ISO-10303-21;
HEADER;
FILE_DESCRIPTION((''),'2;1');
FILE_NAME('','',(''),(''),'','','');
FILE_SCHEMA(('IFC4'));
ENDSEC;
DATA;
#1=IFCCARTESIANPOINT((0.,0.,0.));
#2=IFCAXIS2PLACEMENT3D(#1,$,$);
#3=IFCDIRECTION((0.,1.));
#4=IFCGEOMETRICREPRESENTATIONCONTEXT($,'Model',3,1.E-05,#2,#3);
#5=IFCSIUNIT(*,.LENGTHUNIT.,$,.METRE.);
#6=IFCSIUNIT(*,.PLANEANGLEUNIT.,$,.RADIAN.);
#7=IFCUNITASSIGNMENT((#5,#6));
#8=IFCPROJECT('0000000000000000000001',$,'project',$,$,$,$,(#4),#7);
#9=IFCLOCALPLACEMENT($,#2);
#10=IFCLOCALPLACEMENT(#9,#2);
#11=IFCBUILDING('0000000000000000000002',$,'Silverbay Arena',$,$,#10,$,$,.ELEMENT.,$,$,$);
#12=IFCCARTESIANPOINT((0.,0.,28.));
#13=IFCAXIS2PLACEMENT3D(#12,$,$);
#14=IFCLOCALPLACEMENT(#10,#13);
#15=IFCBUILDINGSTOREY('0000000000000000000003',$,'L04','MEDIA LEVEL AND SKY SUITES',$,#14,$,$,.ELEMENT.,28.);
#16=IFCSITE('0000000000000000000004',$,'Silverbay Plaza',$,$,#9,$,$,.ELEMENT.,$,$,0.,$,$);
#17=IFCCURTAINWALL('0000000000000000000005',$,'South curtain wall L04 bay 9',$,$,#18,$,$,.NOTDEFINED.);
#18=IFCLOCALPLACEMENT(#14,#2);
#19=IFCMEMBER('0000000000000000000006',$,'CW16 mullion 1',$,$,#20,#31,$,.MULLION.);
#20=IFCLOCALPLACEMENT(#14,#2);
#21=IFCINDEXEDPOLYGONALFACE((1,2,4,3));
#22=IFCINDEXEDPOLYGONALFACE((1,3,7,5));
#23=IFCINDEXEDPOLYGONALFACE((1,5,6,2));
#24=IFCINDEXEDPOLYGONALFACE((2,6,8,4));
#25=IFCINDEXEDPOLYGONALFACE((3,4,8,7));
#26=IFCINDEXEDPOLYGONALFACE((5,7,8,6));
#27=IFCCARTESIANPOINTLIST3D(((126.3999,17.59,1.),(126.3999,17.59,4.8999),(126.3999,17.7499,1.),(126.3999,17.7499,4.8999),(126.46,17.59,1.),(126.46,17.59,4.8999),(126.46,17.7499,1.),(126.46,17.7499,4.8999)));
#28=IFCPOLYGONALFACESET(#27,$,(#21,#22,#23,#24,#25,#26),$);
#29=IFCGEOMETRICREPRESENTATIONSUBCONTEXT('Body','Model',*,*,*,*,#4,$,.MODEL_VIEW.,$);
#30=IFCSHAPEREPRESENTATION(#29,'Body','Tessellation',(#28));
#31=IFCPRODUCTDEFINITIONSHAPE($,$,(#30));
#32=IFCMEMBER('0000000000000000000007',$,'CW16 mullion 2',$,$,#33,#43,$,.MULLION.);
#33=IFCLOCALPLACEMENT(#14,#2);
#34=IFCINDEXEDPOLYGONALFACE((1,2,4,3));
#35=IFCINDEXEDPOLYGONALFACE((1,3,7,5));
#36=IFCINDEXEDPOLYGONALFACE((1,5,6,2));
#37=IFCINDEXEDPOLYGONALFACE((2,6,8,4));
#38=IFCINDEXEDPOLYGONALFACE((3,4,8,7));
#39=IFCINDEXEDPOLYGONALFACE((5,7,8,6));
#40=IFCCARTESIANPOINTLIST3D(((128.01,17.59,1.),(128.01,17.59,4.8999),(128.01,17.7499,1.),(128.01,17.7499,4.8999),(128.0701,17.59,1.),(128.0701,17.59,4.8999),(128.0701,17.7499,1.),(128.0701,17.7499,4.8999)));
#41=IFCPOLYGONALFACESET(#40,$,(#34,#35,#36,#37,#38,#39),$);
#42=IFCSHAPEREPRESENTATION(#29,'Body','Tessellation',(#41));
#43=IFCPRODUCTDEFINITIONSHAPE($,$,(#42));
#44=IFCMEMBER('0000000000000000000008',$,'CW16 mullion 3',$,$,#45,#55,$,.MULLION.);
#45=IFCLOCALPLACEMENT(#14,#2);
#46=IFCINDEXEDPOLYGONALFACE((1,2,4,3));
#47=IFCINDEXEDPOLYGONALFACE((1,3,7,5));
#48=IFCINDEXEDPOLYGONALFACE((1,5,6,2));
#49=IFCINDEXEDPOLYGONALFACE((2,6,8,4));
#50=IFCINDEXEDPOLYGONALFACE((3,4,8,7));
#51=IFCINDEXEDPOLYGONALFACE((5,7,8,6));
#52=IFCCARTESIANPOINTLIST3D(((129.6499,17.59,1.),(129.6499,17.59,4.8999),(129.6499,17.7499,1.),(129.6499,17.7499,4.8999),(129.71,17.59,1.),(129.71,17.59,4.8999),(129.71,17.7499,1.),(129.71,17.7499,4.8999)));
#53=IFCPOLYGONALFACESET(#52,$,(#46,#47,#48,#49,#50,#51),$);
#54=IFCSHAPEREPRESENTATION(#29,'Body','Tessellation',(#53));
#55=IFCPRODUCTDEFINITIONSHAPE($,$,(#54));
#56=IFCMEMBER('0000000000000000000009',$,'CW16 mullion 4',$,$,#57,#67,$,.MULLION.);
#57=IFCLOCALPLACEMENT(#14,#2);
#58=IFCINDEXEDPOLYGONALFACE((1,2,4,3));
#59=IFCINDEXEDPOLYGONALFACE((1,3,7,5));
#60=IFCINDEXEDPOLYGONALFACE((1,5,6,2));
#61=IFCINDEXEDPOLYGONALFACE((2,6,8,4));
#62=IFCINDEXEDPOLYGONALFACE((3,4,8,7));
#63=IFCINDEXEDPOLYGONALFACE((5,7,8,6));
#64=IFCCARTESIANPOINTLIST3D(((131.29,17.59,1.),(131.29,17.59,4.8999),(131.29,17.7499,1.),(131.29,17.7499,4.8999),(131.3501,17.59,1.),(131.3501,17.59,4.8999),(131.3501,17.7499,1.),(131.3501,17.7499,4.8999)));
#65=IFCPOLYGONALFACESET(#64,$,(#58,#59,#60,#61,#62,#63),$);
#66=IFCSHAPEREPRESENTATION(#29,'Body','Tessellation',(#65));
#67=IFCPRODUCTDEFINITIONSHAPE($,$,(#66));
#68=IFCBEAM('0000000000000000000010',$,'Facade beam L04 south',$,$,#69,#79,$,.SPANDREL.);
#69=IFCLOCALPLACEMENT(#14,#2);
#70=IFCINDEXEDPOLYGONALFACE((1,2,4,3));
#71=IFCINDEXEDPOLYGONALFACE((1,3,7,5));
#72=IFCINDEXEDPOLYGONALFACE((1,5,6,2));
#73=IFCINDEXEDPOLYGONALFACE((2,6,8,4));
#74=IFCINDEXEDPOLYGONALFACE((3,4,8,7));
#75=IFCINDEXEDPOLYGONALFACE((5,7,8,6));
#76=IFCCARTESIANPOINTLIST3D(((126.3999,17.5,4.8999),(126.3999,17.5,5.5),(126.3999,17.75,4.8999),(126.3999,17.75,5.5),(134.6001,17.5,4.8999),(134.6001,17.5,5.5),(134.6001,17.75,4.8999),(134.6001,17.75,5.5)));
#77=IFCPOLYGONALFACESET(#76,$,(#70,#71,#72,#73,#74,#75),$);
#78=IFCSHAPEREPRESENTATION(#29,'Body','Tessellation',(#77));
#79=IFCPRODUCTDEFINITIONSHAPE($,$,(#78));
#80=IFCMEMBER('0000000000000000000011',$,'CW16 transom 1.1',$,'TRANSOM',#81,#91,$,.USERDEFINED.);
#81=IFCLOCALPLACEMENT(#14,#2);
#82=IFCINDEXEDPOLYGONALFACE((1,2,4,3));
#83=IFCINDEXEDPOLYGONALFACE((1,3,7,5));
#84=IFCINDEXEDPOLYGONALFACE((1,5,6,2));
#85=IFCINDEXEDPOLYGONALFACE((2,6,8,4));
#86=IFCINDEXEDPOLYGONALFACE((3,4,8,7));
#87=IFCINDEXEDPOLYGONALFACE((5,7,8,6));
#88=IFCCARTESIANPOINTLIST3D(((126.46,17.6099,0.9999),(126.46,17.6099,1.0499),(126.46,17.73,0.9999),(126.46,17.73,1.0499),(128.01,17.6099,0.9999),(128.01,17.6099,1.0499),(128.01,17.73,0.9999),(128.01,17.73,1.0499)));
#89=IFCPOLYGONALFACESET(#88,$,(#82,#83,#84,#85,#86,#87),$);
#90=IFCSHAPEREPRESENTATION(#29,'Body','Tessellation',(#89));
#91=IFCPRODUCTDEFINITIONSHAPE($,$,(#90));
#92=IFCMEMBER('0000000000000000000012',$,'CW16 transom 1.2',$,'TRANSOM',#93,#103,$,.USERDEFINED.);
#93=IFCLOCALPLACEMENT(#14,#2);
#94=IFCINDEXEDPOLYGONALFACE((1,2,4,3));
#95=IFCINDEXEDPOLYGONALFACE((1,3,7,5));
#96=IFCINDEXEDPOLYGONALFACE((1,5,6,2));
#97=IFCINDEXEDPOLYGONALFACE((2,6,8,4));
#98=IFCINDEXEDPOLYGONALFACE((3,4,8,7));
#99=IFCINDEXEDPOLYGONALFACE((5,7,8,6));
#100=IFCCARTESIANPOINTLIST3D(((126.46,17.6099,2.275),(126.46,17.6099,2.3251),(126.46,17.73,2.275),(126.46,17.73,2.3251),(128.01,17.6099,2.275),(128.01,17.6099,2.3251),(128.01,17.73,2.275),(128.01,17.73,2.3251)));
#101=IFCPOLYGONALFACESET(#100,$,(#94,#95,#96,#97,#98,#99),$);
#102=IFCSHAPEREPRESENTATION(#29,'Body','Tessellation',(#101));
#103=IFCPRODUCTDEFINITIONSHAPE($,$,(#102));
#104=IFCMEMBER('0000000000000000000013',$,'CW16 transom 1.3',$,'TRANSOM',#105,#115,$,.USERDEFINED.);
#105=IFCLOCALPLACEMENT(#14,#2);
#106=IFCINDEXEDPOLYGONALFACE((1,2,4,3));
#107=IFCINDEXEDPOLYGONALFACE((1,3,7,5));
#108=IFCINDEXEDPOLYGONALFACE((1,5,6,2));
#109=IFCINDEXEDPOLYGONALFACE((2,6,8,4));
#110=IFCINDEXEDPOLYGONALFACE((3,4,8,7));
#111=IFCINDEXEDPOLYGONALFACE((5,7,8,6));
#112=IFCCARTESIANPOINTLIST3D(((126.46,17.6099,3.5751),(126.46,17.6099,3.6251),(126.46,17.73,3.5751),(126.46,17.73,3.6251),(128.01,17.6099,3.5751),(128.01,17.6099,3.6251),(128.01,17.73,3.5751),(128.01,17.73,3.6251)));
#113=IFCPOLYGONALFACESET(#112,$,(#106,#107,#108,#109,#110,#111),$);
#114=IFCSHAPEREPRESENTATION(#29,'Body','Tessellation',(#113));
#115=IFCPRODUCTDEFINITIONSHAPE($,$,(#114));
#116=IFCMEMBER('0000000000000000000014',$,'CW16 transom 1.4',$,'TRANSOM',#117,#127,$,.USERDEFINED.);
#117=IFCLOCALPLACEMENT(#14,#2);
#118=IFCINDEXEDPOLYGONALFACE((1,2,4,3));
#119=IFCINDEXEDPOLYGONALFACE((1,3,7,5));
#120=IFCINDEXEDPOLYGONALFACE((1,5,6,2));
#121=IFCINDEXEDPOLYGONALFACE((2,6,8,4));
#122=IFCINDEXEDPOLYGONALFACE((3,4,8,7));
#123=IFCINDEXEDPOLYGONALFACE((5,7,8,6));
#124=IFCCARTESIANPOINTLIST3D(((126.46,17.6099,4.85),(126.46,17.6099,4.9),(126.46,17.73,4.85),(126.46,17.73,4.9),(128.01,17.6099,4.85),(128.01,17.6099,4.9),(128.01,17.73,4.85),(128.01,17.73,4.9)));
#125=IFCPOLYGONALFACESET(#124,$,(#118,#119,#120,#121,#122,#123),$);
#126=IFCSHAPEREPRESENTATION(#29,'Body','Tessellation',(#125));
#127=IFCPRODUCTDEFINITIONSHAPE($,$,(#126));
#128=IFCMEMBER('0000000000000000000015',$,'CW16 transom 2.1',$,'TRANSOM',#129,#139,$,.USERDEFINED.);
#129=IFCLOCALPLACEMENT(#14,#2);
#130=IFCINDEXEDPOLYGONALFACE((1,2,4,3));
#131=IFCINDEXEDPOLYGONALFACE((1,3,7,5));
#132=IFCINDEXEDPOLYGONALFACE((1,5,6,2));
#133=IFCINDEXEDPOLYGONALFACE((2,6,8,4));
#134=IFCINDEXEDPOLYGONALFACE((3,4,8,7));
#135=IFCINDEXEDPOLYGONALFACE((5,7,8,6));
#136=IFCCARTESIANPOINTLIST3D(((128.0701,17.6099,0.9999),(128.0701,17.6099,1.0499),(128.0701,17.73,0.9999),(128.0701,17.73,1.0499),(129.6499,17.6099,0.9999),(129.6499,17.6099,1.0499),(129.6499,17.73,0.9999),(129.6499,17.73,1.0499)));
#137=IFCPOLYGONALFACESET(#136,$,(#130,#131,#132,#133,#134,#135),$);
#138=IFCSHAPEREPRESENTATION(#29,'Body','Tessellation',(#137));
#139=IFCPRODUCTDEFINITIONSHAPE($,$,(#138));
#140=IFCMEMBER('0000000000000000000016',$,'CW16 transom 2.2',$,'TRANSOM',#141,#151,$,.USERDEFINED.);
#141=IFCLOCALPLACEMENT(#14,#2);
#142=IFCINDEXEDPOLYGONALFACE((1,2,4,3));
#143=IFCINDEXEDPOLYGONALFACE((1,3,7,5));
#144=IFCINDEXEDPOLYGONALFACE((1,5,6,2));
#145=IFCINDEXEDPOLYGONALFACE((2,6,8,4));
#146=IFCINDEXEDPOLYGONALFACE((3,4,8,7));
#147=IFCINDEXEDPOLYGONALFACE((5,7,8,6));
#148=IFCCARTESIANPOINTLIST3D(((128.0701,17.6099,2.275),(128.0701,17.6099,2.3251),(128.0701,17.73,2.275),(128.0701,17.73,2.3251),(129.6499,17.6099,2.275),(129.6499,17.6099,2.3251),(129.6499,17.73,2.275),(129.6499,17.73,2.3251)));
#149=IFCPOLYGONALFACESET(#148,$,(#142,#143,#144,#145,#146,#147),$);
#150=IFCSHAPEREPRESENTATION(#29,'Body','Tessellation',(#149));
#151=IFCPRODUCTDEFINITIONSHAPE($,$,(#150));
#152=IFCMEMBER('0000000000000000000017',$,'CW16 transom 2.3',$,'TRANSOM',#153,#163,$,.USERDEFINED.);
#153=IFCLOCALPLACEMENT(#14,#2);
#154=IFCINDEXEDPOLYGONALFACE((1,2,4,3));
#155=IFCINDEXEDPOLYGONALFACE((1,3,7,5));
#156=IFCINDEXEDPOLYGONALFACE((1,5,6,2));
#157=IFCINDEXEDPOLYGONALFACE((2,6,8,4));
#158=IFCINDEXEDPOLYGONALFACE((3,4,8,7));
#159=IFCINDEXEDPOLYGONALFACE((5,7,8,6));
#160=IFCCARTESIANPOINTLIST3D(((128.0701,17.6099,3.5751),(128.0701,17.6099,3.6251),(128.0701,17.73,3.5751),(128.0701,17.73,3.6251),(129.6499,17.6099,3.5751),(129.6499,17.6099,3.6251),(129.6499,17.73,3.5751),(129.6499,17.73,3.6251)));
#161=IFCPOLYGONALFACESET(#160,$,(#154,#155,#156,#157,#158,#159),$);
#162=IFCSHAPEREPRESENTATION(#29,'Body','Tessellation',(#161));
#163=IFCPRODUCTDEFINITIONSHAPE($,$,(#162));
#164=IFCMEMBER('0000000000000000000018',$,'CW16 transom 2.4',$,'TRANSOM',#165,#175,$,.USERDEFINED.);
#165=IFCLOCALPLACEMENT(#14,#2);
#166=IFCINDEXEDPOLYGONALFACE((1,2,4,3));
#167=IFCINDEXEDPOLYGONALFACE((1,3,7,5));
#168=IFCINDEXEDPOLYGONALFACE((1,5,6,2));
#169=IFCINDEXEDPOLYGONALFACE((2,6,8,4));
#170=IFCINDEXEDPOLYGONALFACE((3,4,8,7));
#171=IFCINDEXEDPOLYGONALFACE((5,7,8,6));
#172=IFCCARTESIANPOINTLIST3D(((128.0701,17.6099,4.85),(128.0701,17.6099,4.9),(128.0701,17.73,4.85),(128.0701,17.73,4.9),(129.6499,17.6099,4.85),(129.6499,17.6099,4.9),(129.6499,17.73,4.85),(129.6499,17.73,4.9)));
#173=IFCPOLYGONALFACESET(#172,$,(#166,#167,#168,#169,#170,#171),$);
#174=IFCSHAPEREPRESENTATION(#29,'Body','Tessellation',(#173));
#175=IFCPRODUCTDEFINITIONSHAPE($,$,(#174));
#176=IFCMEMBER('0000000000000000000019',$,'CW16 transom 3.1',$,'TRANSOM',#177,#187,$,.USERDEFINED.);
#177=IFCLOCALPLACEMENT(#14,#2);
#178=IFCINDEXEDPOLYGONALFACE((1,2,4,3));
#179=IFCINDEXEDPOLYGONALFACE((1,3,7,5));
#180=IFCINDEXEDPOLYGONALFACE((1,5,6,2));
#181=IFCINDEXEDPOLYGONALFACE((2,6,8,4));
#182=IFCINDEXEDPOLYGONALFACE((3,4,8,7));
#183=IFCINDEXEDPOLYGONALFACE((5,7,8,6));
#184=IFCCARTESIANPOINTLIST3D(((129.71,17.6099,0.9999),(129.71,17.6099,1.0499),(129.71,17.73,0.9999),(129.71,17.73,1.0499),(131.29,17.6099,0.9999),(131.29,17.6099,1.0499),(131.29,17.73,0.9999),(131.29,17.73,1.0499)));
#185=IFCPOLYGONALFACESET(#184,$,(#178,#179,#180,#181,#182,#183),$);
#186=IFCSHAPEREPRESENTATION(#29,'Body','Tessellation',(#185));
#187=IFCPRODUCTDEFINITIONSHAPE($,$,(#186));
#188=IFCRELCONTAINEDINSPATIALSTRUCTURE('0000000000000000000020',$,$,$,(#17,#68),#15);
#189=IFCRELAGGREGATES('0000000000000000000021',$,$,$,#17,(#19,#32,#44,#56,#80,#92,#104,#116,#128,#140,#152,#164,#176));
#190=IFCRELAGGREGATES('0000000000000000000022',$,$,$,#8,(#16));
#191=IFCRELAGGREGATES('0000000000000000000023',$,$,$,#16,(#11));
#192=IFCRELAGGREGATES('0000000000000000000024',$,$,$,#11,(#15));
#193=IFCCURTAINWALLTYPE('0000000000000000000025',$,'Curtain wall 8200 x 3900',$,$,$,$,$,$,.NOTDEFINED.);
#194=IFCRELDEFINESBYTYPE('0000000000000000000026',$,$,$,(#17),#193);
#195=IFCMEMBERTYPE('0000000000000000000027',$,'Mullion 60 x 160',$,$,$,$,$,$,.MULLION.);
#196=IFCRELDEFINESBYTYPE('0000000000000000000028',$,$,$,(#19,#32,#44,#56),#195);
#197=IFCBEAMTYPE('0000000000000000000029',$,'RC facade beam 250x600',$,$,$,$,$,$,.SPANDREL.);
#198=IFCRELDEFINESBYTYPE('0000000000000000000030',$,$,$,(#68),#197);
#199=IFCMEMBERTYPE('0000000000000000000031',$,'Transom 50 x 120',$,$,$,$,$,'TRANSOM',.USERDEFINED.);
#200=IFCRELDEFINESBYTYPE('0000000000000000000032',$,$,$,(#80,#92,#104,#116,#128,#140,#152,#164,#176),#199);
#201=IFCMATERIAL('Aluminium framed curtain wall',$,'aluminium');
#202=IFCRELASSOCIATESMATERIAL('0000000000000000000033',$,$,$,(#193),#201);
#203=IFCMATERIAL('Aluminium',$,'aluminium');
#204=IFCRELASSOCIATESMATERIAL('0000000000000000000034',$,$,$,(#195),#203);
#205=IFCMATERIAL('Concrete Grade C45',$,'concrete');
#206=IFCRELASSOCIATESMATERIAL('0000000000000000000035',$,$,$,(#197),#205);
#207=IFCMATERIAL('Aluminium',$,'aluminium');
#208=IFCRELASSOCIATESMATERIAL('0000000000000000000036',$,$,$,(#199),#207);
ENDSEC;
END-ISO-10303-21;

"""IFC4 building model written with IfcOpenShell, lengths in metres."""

from ifc_helpers import new_model, si_unit, direction, frame, origin, origin_2d, place, context, subcontext, project, spatial, rectangle, extrude, material, material_profile, profile_set, type_object, element, aggregate, save


model = new_model("IFC4")

# Units and contexts
model_context = context("Model", 3, precision=1e-05, world=origin(), true_north=direction((0.0, 1.0)))
body_context = subcontext(model_context, "Body", "Model", "MODEL_VIEW")
ifc_project = project(units=[si_unit("LENGTHUNIT", "METRE"), si_unit("PLANEANGLEUNIT", "RADIAN")], contexts=[model_context])

# Site, building, storey
site_placement = place(None, origin())
site = spatial("IfcSite", under=ifc_project, at=site_placement, Name="Silverbay Plaza", CompositionType="ELEMENT", RefElevation=0.0)
building_placement = place(site_placement, origin())
building = spatial("IfcBuilding", under=site, at=building_placement, Name="Silverbay Arena", CompositionType="ELEMENT")
storey_placement = place(building_placement, frame((0.0, 0.0, 28.0)))
storey = spatial("IfcBuildingStorey", under=building, at=storey_placement, Name="L04", Description="MEDIA LEVEL AND SKY SUITES", CompositionType="ELEMENT", Elevation=28.0)

# Curtain wall, members
ifc_material_1 = material(Name="Aluminium framed curtain wall", Category="aluminium")
curtain_wall_type = type_object("IfcCurtainWallType", Name="Curtain wall 8200 x 3900", PredefinedType="NOTDEFINED", material=ifc_material_1)
curtain_wall_placement = place(storey_placement, origin())
curtain_wall = element("IfcCurtainWall", 1, at=curtain_wall_placement, inside=storey, type_object=curtain_wall_type, Name="South curtain wall L04 bay 9", PredefinedType="NOTDEFINED")
ifc_material_2 = material(Name="Aluminium", Category="aluminium")
ifc_material_profile_1 = material_profile(ifc_material_2, rectangle(XDim=0.1599, YDim=0.0601, at=origin_2d()), Name="Mullion 60 x 160")
ifc_profile_set_1 = profile_set([ifc_material_profile_1], Name="Aluminium")
member_type_1 = type_object("IfcMemberType", Name="Mullion 60 x 160", PredefinedType="MULLION", material=ifc_profile_set_1)
member_1_placement = place(storey_placement, frame((126.4299, 17.6699, 1.0), z_axis=(0.0, 0.0, 1.0), x_axis=(0.0, 1.0, 0.0)))
member_1 = element("IfcMember", 2, at=member_1_placement, type_object=member_type_1, Name="CW16 mullion 1", PredefinedType="MULLION", context=body_context, shape_type="SweptSolid", body=[
    extrude(rectangle(XDim=0.1599, YDim=0.0601, at=origin_2d()), origin(), (0.0, 0.0, 1.0), 3.8999),
])
member_2_placement = place(storey_placement, frame((128.04, 17.6699, 1.0), z_axis=(0.0, 0.0, 1.0), x_axis=(0.0, 1.0, 0.0)))
member_2 = element("IfcMember", 3, at=member_2_placement, type_object=member_type_1, Name="CW16 mullion 2", PredefinedType="MULLION", context=body_context, shape_type="SweptSolid", body=[
    extrude(rectangle(XDim=0.1599, YDim=0.0601, at=origin_2d()), origin(), (0.0, 0.0, 1.0), 3.8999),
])
member_3_placement = place(storey_placement, frame((129.6799, 17.6699, 1.0), z_axis=(0.0, 0.0, 1.0), x_axis=(0.0, 1.0, 0.0)))
member_3 = element("IfcMember", 4, at=member_3_placement, type_object=member_type_1, Name="CW16 mullion 3", PredefinedType="MULLION", context=body_context, shape_type="SweptSolid", body=[
    extrude(rectangle(XDim=0.1599, YDim=0.0601, at=origin_2d()), origin(), (0.0, 0.0, 1.0), 3.8999),
])
member_4_placement = place(storey_placement, frame((131.3201, 17.6699, 1.0), z_axis=(0.0, 0.0, 1.0), x_axis=(0.0, 1.0, 0.0)))
member_4 = element("IfcMember", 5, at=member_4_placement, type_object=member_type_1, Name="CW16 mullion 4", PredefinedType="MULLION", context=body_context, shape_type="SweptSolid", body=[
    extrude(rectangle(XDim=0.1599, YDim=0.0601, at=origin_2d()), origin(), (0.0, 0.0, 1.0), 3.8999),
])

# Beam
ifc_material_3 = material(Name="Concrete Grade C45", Category="concrete")
ifc_material_profile_2 = material_profile(ifc_material_3, rectangle(XDim=0.25, YDim=0.6001, at=origin_2d()), Name="RC 250x600")
ifc_profile_set_2 = profile_set([ifc_material_profile_2], Name="Concrete Grade C45")
beam_type = type_object("IfcBeamType", Name="RC facade beam 250x600", PredefinedType="SPANDREL", material=ifc_profile_set_2)
beam_placement = place(storey_placement, frame((126.3999, 17.625, 5.2), z_axis=(1.0, 0.0, 0.0), x_axis=(0.0, 1.0, 0.0)))
element("IfcBeam", 6, at=beam_placement, inside=storey, type_object=beam_type, Name="Facade beam L04 south", PredefinedType="SPANDREL", context=body_context, shape_type="SweptSolid", body=[
    extrude(rectangle(XDim=0.25, YDim=0.6001, at=origin_2d()), origin(), (0.0, 0.0, 1.0), 8.2002),
])

# Members
ifc_material_4 = material(Name="Aluminium", Category="aluminium")
ifc_material_profile_3 = material_profile(ifc_material_4, rectangle(XDim=0.1201, YDim=0.05, at=origin_2d()), Name="Transom 50 x 120")
ifc_profile_set_3 = profile_set([ifc_material_profile_3], Name="Aluminium")
member_type_2 = type_object("IfcMemberType", Name="Transom 50 x 120", ElementType="TRANSOM", PredefinedType="USERDEFINED", material=ifc_profile_set_3)
member_5_placement = place(storey_placement, frame((126.46, 17.6699, 1.0249), z_axis=(1.0, 0.0, 0.0), x_axis=(0.0, 1.0, 0.0)))
member_5 = element("IfcMember", 7, at=member_5_placement, type_object=member_type_2, Name="CW16 transom 1.1", ObjectType="TRANSOM", PredefinedType="USERDEFINED", context=body_context, shape_type="SweptSolid", body=[
    extrude(rectangle(XDim=0.1201, YDim=0.05, at=origin_2d()), origin(), (0.0, 0.0, 1.0), 1.55),
])
member_6_placement = place(storey_placement, frame((126.46, 17.6699, 2.3), z_axis=(1.0, 0.0, 0.0), x_axis=(0.0, 1.0, 0.0)))
member_6 = element("IfcMember", 8, at=member_6_placement, type_object=member_type_2, Name="CW16 transom 1.2", ObjectType="TRANSOM", PredefinedType="USERDEFINED", context=body_context, shape_type="SweptSolid", body=[
    extrude(rectangle(XDim=0.1201, YDim=0.05, at=origin_2d()), origin(), (0.0, 0.0, 1.0), 1.55),
])
member_7_placement = place(storey_placement, frame((126.46, 17.6699, 3.6001), z_axis=(1.0, 0.0, 0.0), x_axis=(0.0, 1.0, 0.0)))
member_7 = element("IfcMember", 9, at=member_7_placement, type_object=member_type_2, Name="CW16 transom 1.3", ObjectType="TRANSOM", PredefinedType="USERDEFINED", context=body_context, shape_type="SweptSolid", body=[
    extrude(rectangle(XDim=0.1201, YDim=0.05, at=origin_2d()), origin(), (0.0, 0.0, 1.0), 1.55),
])
member_8_placement = place(storey_placement, frame((126.46, 17.6699, 4.875), z_axis=(1.0, 0.0, 0.0), x_axis=(0.0, 1.0, 0.0)))
member_8 = element("IfcMember", 10, at=member_8_placement, type_object=member_type_2, Name="CW16 transom 1.4", ObjectType="TRANSOM", PredefinedType="USERDEFINED", context=body_context, shape_type="SweptSolid", body=[
    extrude(rectangle(XDim=0.1201, YDim=0.05, at=origin_2d()), origin(), (0.0, 0.0, 1.0), 1.55),
])
member_9_placement = place(storey_placement, frame((128.0701, 17.6699, 1.0249), z_axis=(1.0, 0.0, 0.0), x_axis=(0.0, 1.0, 0.0)))
member_9 = element("IfcMember", 11, at=member_9_placement, type_object=member_type_2, Name="CW16 transom 2.1", ObjectType="TRANSOM", PredefinedType="USERDEFINED", context=body_context, shape_type="SweptSolid", body=[
    extrude(rectangle(XDim=0.1201, YDim=0.05, at=origin_2d()), origin(), (0.0, 0.0, 1.0), 1.5798),
])
member_10_placement = place(storey_placement, frame((128.0701, 17.6699, 2.3), z_axis=(1.0, 0.0, 0.0), x_axis=(0.0, 1.0, 0.0)))
member_10 = element("IfcMember", 12, at=member_10_placement, type_object=member_type_2, Name="CW16 transom 2.2", ObjectType="TRANSOM", PredefinedType="USERDEFINED", context=body_context, shape_type="SweptSolid", body=[
    extrude(rectangle(XDim=0.1201, YDim=0.05, at=origin_2d()), origin(), (0.0, 0.0, 1.0), 1.5798),
])
member_11_placement = place(storey_placement, frame((128.0701, 17.6699, 3.6001), z_axis=(1.0, 0.0, 0.0), x_axis=(0.0, 1.0, 0.0)))
member_11 = element("IfcMember", 13, at=member_11_placement, type_object=member_type_2, Name="CW16 transom 2.3", ObjectType="TRANSOM", PredefinedType="USERDEFINED", context=body_context, shape_type="SweptSolid", body=[
    extrude(rectangle(XDim=0.1201, YDim=0.05, at=origin_2d()), origin(), (0.0, 0.0, 1.0), 1.5798),
])
member_12_placement = place(storey_placement, frame((128.0701, 17.6699, 4.875), z_axis=(1.0, 0.0, 0.0), x_axis=(0.0, 1.0, 0.0)))
member_12 = element("IfcMember", 14, at=member_12_placement, type_object=member_type_2, Name="CW16 transom 2.4", ObjectType="TRANSOM", PredefinedType="USERDEFINED", context=body_context, shape_type="SweptSolid", body=[
    extrude(rectangle(XDim=0.1201, YDim=0.05, at=origin_2d()), origin(), (0.0, 0.0, 1.0), 1.5798),
])
member_13_placement = place(storey_placement, frame((129.71, 17.6699, 1.0249), z_axis=(1.0, 0.0, 0.0), x_axis=(0.0, 1.0, 0.0)))
member_13 = element("IfcMember", 15, at=member_13_placement, type_object=member_type_2, Name="CW16 transom 3.1", ObjectType="TRANSOM", PredefinedType="USERDEFINED", context=body_context, shape_type="SweptSolid", body=[
    extrude(rectangle(XDim=0.1201, YDim=0.05, at=origin_2d()), origin(), (0.0, 0.0, 1.0), 1.5801),
])

aggregate(curtain_wall, [member_1, member_2, member_3, member_4, member_5, member_6, member_7, member_8, member_9, member_10, member_11, member_12, member_13])

save(model, "model.ifc")
